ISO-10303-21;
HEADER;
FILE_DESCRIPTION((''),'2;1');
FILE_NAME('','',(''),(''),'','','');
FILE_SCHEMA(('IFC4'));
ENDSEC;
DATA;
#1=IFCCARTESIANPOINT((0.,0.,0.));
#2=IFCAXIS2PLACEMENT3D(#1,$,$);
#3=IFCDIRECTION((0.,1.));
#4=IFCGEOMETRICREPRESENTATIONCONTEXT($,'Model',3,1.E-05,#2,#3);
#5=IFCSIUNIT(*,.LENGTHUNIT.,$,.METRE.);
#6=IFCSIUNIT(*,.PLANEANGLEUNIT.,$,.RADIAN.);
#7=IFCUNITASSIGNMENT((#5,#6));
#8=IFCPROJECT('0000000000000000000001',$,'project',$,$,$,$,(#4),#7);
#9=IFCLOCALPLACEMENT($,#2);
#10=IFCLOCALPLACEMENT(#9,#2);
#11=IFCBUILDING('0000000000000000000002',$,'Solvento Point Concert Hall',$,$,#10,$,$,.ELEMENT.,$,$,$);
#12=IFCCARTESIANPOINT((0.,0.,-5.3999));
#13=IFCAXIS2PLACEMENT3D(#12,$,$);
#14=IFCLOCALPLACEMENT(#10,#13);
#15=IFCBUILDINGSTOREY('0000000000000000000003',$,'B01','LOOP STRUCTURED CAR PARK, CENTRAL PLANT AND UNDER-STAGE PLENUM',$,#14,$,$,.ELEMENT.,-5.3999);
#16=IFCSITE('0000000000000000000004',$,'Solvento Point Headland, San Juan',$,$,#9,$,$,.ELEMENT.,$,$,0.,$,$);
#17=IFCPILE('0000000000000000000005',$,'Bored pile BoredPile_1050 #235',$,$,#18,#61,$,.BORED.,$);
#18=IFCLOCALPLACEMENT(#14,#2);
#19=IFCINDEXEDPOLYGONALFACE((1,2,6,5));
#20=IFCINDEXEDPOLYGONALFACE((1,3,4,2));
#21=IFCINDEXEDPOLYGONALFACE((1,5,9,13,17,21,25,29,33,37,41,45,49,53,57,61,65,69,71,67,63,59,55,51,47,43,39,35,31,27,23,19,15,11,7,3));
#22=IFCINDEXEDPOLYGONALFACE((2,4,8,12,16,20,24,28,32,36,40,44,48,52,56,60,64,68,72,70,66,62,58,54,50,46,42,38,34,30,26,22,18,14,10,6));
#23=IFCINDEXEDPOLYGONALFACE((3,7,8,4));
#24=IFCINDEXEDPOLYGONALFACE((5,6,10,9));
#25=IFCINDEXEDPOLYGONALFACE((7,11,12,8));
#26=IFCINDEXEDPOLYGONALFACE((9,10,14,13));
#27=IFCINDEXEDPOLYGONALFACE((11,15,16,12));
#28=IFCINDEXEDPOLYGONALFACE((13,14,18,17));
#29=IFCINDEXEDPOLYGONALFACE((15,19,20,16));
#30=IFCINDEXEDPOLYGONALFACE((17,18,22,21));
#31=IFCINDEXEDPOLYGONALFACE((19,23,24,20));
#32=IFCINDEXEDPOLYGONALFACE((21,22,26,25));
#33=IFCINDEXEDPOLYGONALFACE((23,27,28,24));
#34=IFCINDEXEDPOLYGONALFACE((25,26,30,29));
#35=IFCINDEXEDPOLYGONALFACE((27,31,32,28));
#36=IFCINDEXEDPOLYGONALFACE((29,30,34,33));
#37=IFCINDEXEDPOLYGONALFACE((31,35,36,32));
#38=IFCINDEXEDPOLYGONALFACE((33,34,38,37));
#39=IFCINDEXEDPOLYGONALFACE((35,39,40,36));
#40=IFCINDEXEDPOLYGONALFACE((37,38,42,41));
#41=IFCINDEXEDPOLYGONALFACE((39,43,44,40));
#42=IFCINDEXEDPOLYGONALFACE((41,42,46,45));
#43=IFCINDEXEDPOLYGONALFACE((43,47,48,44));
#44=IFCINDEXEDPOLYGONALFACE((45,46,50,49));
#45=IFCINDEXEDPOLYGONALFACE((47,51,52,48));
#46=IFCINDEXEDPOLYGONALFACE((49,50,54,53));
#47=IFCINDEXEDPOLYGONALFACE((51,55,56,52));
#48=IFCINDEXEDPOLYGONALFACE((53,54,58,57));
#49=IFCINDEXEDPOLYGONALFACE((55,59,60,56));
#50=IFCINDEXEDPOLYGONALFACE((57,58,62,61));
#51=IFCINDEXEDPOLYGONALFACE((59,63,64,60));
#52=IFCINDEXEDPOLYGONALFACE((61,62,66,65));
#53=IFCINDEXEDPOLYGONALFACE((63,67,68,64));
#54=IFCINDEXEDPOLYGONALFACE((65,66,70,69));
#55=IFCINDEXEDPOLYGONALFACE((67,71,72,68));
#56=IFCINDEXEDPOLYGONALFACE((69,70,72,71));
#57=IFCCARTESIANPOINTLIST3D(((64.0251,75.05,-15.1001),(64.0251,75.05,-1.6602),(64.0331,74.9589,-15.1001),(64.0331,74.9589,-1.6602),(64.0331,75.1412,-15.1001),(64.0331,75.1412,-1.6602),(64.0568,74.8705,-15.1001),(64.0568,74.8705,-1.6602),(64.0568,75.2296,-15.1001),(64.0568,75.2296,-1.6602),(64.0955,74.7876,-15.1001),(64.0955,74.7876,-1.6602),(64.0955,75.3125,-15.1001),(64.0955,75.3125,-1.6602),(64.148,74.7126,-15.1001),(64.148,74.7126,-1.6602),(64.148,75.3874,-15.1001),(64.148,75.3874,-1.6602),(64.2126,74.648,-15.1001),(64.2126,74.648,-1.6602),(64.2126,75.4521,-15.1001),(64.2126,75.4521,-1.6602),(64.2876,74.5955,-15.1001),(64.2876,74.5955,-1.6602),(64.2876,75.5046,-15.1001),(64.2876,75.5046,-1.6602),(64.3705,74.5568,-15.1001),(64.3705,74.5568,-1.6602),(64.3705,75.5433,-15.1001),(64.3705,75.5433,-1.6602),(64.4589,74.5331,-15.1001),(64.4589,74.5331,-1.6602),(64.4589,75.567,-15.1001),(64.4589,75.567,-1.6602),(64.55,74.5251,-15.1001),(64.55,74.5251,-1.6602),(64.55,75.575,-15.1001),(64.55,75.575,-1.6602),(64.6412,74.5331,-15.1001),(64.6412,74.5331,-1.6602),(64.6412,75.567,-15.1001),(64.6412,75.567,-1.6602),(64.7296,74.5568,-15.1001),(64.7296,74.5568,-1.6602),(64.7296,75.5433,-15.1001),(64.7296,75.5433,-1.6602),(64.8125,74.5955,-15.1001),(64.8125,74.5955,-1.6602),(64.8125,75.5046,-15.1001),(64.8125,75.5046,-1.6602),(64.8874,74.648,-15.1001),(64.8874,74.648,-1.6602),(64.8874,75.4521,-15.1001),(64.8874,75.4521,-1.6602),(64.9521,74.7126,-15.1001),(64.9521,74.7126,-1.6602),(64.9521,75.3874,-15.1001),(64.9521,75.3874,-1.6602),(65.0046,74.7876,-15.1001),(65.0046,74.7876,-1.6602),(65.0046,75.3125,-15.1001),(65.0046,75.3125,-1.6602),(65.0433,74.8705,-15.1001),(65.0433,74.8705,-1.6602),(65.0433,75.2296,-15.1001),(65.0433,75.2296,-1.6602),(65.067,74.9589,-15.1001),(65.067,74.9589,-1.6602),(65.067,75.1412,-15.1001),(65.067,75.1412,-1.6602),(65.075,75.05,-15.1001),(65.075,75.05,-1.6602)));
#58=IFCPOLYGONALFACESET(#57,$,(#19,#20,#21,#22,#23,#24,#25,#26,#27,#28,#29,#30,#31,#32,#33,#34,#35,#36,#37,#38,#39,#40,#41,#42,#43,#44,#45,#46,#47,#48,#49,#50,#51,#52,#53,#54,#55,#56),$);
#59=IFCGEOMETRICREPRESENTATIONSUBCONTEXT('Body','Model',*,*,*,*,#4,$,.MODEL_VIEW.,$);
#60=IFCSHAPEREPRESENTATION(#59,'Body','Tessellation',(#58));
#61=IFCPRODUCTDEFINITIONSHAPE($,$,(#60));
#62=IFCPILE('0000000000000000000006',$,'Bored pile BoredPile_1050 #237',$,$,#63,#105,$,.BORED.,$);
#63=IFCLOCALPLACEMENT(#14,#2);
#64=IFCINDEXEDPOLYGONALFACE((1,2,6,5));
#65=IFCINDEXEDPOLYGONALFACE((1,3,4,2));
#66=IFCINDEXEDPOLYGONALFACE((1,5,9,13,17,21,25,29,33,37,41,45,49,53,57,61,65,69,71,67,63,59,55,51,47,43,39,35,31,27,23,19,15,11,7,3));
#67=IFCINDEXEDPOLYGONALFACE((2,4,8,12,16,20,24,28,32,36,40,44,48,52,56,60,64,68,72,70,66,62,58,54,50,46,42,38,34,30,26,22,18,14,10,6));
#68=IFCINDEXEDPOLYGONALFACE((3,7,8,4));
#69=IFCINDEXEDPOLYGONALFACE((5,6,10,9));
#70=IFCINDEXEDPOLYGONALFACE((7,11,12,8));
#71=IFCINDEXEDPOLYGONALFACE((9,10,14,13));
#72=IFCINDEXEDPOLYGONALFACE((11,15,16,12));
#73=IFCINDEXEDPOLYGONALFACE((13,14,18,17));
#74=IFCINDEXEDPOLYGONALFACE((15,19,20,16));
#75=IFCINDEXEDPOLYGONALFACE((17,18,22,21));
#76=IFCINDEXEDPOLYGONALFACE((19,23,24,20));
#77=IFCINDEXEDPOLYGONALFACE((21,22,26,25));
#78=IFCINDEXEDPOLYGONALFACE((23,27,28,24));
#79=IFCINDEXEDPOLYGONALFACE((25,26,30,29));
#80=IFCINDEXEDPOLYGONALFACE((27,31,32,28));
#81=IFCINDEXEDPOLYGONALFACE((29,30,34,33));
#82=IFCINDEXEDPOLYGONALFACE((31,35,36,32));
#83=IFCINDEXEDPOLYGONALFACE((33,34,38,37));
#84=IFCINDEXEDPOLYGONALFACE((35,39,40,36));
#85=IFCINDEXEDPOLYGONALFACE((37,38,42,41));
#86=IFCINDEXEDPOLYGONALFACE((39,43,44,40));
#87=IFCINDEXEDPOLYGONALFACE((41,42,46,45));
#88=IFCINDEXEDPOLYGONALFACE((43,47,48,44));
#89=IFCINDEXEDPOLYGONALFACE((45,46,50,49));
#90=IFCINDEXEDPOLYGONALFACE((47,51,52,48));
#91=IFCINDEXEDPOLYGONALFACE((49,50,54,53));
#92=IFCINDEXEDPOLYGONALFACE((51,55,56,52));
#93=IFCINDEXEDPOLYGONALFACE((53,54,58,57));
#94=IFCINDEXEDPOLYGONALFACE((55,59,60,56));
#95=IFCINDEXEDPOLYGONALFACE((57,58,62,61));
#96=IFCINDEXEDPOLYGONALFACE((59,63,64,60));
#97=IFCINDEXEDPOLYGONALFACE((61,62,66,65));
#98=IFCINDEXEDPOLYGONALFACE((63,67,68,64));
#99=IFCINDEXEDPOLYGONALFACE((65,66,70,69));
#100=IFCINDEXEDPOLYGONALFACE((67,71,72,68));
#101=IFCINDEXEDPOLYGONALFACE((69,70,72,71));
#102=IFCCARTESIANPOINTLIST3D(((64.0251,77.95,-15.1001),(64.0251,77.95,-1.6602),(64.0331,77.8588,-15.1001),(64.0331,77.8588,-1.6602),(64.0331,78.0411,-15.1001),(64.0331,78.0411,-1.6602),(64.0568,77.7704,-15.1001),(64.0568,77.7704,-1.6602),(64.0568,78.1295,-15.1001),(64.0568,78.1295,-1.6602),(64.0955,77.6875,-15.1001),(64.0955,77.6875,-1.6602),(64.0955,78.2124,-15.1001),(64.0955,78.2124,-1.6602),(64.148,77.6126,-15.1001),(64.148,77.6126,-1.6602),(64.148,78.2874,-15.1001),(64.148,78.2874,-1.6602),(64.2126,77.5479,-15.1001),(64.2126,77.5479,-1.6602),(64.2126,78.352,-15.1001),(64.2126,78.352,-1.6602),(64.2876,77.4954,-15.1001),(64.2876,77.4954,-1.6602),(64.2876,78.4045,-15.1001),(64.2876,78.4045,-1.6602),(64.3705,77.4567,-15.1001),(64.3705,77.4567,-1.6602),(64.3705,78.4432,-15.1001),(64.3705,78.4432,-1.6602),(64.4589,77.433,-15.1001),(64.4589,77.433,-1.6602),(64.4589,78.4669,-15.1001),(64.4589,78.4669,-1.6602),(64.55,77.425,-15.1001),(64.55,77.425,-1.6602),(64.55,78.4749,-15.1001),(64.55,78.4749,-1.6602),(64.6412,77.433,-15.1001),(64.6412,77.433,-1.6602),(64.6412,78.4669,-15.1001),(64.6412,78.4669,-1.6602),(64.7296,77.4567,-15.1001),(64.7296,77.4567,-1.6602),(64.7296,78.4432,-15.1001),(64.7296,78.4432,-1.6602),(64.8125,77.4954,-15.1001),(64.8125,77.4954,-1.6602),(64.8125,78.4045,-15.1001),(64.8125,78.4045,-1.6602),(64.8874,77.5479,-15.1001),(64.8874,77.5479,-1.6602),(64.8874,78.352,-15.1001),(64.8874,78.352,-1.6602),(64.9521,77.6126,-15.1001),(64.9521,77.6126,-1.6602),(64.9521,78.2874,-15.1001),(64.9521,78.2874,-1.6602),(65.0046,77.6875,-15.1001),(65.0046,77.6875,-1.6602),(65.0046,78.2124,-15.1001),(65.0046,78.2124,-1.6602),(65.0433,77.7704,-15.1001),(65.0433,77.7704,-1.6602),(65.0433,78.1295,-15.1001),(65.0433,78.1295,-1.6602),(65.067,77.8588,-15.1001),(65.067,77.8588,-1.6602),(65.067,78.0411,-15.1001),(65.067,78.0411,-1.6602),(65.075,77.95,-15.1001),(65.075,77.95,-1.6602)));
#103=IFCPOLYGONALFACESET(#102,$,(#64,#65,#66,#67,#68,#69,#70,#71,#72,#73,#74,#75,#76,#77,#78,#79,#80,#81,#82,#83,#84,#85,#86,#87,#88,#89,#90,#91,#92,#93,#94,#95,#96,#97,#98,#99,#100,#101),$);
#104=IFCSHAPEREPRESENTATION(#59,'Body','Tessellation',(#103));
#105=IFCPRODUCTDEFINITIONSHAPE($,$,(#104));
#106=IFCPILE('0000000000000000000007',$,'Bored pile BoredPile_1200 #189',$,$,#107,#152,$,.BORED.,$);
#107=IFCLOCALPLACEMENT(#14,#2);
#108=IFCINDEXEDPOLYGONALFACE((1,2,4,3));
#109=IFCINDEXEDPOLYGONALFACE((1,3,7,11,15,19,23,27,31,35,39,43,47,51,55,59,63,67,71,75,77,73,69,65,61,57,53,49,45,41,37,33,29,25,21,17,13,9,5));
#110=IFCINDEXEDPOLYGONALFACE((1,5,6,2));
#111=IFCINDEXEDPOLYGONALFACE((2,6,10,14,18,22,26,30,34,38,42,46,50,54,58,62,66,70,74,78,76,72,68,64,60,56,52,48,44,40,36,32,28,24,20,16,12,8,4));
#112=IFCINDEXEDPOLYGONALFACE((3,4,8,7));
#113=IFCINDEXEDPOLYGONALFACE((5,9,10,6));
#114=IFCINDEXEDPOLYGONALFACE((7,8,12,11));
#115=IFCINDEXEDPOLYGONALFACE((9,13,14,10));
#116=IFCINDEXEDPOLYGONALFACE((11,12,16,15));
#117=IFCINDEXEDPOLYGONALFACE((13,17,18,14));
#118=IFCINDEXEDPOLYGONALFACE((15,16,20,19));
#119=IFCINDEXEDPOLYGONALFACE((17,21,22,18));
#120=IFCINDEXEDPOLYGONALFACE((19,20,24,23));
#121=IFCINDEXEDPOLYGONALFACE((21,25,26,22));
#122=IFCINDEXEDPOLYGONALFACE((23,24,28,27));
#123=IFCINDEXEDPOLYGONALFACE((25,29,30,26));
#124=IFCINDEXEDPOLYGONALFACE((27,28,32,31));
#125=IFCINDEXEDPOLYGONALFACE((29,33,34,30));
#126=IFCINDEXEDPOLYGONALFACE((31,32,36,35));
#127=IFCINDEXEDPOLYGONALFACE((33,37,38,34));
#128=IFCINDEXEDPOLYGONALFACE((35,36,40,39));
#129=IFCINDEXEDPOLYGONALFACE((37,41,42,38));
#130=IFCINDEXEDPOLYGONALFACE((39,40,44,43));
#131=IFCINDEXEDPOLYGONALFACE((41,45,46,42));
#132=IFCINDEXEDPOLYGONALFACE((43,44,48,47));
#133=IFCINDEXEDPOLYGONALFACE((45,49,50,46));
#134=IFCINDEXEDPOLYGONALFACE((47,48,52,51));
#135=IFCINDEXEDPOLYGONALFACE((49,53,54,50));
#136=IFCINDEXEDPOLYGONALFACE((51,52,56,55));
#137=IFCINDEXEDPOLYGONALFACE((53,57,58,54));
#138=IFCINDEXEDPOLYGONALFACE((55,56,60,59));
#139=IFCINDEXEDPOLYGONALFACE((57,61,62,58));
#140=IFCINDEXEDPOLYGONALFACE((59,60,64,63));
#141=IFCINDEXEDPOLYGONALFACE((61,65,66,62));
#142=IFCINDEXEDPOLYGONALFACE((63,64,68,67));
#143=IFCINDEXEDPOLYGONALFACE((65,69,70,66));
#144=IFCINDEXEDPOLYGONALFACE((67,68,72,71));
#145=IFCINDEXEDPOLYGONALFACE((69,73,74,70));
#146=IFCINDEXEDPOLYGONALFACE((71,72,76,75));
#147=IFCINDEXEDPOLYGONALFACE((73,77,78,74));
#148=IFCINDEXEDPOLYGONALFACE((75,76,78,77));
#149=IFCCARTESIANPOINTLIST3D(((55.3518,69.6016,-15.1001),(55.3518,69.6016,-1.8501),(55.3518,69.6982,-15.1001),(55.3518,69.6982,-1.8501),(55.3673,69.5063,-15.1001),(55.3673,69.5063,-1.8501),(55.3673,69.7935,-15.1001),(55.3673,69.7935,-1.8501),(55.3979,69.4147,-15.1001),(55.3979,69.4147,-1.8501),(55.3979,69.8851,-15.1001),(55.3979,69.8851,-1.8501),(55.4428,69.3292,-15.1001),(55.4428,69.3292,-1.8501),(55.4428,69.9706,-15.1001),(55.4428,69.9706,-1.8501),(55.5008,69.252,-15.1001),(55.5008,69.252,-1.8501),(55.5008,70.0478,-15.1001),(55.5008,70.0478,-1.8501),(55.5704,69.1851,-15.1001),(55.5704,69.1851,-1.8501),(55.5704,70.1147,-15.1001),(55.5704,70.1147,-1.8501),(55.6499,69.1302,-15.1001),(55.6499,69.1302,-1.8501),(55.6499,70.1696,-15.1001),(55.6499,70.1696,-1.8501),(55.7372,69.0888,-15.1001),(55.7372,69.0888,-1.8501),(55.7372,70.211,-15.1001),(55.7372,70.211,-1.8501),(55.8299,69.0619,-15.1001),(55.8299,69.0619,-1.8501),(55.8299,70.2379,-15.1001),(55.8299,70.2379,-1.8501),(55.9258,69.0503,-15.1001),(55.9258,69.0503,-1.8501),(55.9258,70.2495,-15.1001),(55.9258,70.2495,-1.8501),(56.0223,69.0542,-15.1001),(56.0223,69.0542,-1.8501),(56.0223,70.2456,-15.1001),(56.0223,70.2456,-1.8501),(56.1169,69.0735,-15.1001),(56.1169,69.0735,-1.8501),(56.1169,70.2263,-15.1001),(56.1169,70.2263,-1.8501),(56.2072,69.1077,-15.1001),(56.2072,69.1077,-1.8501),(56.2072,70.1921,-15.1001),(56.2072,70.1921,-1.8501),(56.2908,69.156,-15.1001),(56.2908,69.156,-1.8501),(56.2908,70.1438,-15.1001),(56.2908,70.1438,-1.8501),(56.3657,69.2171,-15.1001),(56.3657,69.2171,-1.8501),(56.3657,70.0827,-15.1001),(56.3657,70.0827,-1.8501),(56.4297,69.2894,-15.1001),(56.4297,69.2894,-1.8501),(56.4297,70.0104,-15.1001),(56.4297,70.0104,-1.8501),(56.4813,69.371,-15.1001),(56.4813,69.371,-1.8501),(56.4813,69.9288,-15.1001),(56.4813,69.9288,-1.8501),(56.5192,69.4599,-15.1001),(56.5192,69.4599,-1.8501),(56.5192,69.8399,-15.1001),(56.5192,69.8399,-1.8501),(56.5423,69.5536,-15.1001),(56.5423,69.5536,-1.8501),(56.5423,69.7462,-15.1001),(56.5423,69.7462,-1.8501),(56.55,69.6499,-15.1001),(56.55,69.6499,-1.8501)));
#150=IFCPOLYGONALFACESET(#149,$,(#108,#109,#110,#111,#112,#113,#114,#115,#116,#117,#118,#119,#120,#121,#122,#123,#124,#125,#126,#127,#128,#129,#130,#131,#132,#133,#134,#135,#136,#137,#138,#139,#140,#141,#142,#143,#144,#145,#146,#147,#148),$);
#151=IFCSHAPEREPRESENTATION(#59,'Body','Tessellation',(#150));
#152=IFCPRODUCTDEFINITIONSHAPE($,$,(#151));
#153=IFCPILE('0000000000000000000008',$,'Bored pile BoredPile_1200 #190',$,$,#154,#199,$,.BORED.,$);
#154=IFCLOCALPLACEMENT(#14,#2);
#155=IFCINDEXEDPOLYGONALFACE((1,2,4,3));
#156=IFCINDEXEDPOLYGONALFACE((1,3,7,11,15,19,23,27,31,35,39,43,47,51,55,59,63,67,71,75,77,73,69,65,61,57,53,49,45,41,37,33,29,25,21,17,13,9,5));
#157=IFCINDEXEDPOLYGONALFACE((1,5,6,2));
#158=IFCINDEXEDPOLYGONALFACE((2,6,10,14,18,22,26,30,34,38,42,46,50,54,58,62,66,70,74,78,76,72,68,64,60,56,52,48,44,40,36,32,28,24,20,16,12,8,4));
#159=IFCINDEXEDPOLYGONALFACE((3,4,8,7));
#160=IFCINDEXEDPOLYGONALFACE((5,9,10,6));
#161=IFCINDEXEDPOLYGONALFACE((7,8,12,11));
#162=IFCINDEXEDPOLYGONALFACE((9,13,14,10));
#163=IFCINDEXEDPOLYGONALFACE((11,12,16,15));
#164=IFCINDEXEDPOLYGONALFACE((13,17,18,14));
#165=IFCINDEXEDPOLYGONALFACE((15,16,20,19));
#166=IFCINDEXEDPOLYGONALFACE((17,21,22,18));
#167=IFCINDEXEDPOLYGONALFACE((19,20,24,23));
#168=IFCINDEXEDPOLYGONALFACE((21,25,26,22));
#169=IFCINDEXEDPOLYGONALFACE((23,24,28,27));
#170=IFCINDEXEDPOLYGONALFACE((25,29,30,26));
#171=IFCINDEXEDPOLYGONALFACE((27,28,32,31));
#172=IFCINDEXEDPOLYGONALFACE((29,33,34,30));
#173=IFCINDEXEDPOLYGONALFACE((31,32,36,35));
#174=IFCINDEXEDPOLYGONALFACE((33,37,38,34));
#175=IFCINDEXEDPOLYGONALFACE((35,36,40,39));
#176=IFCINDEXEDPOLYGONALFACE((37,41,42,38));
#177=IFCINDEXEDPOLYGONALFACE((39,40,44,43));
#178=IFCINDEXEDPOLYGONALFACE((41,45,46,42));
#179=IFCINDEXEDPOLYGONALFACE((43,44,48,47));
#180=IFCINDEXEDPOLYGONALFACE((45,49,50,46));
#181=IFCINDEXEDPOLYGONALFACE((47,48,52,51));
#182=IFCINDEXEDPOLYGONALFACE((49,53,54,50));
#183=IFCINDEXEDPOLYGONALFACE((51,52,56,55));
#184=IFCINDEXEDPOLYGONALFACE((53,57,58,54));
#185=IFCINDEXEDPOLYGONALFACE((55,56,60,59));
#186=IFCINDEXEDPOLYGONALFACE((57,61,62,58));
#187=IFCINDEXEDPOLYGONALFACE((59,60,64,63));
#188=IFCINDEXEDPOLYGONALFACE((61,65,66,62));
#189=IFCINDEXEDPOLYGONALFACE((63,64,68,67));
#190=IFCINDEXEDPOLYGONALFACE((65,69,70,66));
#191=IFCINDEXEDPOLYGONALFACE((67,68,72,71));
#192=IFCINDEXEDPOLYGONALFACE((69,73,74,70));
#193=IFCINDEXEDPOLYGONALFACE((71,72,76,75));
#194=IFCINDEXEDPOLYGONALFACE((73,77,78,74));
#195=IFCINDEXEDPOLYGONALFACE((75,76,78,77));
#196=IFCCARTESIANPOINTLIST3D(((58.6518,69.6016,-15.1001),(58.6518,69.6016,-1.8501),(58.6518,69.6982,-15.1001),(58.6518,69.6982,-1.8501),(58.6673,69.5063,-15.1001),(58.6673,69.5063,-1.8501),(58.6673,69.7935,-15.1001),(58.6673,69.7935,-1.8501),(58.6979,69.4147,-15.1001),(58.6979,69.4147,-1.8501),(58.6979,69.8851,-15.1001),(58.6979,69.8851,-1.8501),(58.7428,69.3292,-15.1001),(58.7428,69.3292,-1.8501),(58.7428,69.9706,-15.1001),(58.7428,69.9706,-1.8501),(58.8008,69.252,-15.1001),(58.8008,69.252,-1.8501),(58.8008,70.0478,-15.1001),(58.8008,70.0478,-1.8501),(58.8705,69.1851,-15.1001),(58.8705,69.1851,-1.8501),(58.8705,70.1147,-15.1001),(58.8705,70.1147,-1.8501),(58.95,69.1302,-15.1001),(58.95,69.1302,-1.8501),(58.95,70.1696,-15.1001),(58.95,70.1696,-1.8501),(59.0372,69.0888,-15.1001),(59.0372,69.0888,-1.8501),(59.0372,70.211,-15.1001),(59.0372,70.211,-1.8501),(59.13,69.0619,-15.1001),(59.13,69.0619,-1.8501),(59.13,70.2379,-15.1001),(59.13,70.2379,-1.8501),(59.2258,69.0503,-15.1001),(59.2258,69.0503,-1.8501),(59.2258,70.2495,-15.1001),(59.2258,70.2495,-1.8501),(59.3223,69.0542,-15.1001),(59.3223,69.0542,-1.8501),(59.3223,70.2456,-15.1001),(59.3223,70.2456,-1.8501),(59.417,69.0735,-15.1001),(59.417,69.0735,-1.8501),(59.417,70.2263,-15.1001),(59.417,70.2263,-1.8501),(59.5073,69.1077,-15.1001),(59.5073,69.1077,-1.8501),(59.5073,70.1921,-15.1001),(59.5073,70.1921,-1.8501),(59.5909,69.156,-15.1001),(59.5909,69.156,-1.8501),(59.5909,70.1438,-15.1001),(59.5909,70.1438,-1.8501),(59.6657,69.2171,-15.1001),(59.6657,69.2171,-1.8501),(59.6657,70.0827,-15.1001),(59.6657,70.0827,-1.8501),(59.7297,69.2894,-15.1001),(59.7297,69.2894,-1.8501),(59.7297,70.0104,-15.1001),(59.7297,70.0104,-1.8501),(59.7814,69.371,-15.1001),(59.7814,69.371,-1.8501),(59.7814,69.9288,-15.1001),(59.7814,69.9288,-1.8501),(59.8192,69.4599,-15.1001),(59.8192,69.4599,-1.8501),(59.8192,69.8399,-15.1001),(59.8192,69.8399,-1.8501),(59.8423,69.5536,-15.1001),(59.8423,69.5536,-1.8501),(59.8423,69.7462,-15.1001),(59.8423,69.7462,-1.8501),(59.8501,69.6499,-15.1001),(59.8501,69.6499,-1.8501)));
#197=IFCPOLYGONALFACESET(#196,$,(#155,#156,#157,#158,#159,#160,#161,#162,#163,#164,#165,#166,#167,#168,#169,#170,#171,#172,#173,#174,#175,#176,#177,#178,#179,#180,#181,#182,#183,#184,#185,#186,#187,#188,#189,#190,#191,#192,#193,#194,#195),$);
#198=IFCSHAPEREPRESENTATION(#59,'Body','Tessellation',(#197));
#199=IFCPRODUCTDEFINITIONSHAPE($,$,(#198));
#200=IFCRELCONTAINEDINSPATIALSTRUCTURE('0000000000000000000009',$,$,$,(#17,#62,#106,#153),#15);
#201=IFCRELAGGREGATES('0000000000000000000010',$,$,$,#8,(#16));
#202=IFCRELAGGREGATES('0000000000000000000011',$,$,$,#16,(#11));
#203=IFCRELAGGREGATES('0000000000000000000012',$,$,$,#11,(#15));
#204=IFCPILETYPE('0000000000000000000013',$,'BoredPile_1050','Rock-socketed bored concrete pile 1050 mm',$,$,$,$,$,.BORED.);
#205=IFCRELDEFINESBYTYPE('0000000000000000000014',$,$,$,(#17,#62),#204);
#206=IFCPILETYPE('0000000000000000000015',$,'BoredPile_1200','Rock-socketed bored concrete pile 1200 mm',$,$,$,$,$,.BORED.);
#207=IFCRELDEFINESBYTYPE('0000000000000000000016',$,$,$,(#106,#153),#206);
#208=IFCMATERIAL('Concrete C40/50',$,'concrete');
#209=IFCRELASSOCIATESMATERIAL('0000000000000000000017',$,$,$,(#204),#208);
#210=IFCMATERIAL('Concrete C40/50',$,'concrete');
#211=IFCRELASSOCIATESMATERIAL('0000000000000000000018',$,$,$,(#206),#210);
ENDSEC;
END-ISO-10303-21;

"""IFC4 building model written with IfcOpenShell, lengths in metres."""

from ifc_helpers import new_model, si_unit, direction, frame, origin, origin_2d, place, context, subcontext, project, spatial, circle, extrude, material, material_profile, profile_set, type_object, element, save


model = new_model("IFC4")

# Units and contexts
model_context = context("Model", 3, precision=1e-05, world=origin(), true_north=direction((0.0, 1.0)))
body_context = subcontext(model_context, "Body", "Model", "MODEL_VIEW")
ifc_project = project(units=[si_unit("LENGTHUNIT", "METRE"), si_unit("PLANEANGLEUNIT", "RADIAN")], contexts=[model_context])

# Site, building, storey
site_placement = place(None, origin())
site = spatial("IfcSite", under=ifc_project, at=site_placement, Name="Solvento Point Headland, San Juan", CompositionType="ELEMENT", RefElevation=0.0)
building_placement = place(site_placement, origin())
building = spatial("IfcBuilding", under=site, at=building_placement, Name="Solvento Point Concert Hall", CompositionType="ELEMENT")
storey_placement = place(building_placement, frame((0.0, 0.0, -5.3999)))
storey = spatial("IfcBuildingStorey", under=building, at=storey_placement, Name="B01", Description="LOOP STRUCTURED CAR PARK, CENTRAL PLANT AND UNDER-STAGE PLENUM", CompositionType="ELEMENT", Elevation=-5.3999)

# Piles
ifc_material_1 = material(Name="Concrete C40/50", Category="concrete")
ifc_material_profile_1 = material_profile(ifc_material_1, circle(Radius=0.5249, at=origin_2d()), Name="BP-1050")
ifc_profile_set_1 = profile_set([ifc_material_profile_1], Name="Concrete C40/50")
pile_type_1 = type_object("IfcPileType", Name="BoredPile_1050", Description="Rock-socketed bored concrete pile 1050 mm", PredefinedType="BORED", material=ifc_profile_set_1)
for number, where, z_axis, x_axis, name in (
    (1, (64.55, 75.05, -1.6602), (0.0, 0.0, -1.0), (1.0, 0.0, 0.0), "Bored pile BoredPile_1050 #235"),
    (2, (64.55, 77.95, -1.6602), (0.0, 0.0, -1.0), (1.0, 0.0, 0.0), "Bored pile BoredPile_1050 #237"),
):
    element("IfcPile", number, at=place(storey_placement, frame(where, z_axis=z_axis, x_axis=x_axis)), inside=storey, type_object=pile_type_1, Name=name, PredefinedType="BORED", context=body_context, shape_type="SweptSolid", body=[
        extrude(circle(Radius=0.5249, at=origin_2d()), origin(), (0.0, 0.0, 1.0), 13.4399),
    ])
ifc_material_2 = material(Name="Concrete C40/50", Category="concrete")
ifc_material_profile_2 = material_profile(ifc_material_2, circle(Radius=0.6001, at=origin_2d()), Name="BP-1200")
ifc_profile_set_2 = profile_set([ifc_material_profile_2], Name="Concrete C40/50")
pile_type_2 = type_object("IfcPileType", Name="BoredPile_1200", Description="Rock-socketed bored concrete pile 1200 mm", PredefinedType="BORED", material=ifc_profile_set_2)
for number, where, z_axis, x_axis, name in (
    (3, (55.95, 69.6499, -1.8501), (0.0, 0.0, -1.0), (1.0, 0.0, 0.0), "Bored pile BoredPile_1200 #189"),
    (4, (59.25, 69.6499, -1.8501), (0.0, 0.0, -1.0), (1.0, 0.0, 0.0), "Bored pile BoredPile_1200 #190"),
):
    element("IfcPile", number, at=place(storey_placement, frame(where, z_axis=z_axis, x_axis=x_axis)), inside=storey, type_object=pile_type_2, Name=name, PredefinedType="BORED", context=body_context, shape_type="SweptSolid", body=[
        extrude(circle(Radius=0.6001, at=origin_2d()), origin(), (0.0, 0.0, 1.0), 13.25),
    ])

save(model, "model.ifc")
